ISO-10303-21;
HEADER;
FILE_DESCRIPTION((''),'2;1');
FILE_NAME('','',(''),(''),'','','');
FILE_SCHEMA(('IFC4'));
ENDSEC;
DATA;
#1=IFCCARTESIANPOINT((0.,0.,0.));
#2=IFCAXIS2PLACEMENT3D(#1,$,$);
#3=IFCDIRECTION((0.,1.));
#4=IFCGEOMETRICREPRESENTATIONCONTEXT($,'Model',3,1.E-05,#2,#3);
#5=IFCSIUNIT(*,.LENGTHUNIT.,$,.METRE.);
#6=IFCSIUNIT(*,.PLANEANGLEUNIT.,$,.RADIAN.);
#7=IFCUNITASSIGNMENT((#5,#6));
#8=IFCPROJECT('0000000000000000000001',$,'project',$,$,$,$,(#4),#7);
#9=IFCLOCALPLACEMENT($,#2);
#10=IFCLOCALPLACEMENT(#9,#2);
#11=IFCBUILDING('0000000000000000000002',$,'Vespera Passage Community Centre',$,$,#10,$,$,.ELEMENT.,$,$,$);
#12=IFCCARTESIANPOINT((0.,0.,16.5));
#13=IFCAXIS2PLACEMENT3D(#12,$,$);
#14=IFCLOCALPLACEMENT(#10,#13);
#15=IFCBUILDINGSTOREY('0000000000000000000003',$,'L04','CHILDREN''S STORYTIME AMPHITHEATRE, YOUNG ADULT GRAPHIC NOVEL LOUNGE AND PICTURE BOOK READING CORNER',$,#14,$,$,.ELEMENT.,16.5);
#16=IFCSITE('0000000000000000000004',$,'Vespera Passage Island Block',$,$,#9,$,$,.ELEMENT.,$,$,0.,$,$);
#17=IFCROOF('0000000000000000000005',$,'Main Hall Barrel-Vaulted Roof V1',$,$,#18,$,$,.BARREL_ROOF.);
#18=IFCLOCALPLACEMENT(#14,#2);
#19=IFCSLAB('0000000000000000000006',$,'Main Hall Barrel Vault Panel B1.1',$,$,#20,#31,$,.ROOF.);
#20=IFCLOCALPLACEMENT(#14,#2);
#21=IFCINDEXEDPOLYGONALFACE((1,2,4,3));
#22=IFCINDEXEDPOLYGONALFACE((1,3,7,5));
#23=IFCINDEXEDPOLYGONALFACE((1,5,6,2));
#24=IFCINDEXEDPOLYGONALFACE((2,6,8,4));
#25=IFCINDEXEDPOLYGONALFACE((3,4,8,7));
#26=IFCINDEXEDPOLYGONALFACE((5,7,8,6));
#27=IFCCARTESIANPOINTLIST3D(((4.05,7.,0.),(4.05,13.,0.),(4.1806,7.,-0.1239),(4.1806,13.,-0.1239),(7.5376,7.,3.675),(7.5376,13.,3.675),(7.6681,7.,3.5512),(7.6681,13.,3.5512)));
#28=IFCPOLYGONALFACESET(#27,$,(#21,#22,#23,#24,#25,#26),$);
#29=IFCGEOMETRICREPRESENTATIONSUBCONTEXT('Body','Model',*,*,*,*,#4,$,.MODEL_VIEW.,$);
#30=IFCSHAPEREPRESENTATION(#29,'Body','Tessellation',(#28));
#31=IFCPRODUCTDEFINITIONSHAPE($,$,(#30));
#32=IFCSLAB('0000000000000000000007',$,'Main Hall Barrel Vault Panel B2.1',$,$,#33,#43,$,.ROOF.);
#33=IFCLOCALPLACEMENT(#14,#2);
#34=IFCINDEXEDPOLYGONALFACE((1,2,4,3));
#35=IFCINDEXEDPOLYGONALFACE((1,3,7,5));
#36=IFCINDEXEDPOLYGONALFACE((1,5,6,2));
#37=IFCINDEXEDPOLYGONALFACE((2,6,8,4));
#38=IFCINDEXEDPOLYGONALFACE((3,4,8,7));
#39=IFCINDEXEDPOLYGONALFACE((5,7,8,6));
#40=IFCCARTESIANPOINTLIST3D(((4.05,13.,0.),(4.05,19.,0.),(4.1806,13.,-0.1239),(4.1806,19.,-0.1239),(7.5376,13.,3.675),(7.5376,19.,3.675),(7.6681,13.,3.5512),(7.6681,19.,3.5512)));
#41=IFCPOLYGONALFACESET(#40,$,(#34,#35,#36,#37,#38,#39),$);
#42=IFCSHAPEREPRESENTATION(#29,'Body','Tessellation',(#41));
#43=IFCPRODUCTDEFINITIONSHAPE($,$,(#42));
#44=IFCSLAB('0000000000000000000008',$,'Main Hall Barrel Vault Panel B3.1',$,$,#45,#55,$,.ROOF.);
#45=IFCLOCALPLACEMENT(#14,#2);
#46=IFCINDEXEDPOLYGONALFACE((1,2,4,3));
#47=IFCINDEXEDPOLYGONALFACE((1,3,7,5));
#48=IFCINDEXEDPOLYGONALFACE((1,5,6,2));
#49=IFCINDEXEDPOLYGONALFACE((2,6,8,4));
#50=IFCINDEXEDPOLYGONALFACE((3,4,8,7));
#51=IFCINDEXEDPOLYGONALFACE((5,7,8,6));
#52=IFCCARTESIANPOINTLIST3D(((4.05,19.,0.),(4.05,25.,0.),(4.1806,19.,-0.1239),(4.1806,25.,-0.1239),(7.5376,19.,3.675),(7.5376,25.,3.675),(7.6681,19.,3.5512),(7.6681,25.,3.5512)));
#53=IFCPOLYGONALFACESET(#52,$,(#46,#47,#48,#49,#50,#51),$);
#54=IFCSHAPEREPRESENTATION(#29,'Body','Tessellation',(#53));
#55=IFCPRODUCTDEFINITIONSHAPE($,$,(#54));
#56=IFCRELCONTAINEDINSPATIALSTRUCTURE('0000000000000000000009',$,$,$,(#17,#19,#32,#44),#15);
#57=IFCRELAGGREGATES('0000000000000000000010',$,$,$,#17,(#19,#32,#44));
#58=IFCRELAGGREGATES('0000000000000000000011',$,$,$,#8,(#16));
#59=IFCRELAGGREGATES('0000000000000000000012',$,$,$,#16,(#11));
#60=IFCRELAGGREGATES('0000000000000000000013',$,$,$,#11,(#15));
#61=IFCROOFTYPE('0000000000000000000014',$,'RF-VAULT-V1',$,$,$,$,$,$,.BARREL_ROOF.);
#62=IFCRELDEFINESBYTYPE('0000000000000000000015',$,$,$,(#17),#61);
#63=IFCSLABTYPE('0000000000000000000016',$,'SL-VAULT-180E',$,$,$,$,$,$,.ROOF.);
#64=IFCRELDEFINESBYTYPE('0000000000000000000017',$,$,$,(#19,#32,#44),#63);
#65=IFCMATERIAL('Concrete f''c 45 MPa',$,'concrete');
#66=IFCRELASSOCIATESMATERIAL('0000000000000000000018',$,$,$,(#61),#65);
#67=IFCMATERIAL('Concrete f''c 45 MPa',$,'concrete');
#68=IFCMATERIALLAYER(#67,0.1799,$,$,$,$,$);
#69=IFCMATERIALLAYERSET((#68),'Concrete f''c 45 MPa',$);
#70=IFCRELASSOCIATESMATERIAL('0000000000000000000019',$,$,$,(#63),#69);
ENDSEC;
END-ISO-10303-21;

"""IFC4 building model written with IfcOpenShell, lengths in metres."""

from ifc_helpers import new_model, si_unit, direction, frame, origin, place, context, subcontext, project, spatial, polyline, outline, extrude, material, layer, layer_set, type_object, element, aggregate, save


model = new_model("IFC4")

# Units and contexts
model_context = context("Model", 3, precision=1e-05, world=origin(), true_north=direction((0.0, 1.0)))
body_context = subcontext(model_context, "Body", "Model", "MODEL_VIEW")
ifc_project = project(units=[si_unit("LENGTHUNIT", "METRE"), si_unit("PLANEANGLEUNIT", "RADIAN")], contexts=[model_context])

# Site, building, storey
site_placement = place(None, origin())
site = spatial("IfcSite", under=ifc_project, at=site_placement, Name="Vespera Passage Island Block", CompositionType="ELEMENT", RefElevation=0.0)
building_placement = place(site_placement, origin())
building = spatial("IfcBuilding", under=site, at=building_placement, Name="Vespera Passage Community Centre", CompositionType="ELEMENT")
storey_placement = place(building_placement, frame((0.0, 0.0, 16.5)))
storey = spatial("IfcBuildingStorey", under=building, at=storey_placement, Name="L04", Description="CHILDREN'S STORYTIME AMPHITHEATRE, YOUNG ADULT GRAPHIC NOVEL LOUNGE AND PICTURE BOOK READING CORNER", CompositionType="ELEMENT", Elevation=16.5)

# Roof, slabs
ifc_material_1 = material(Name="Concrete f'c 45 MPa", Category="concrete")
roof_type = type_object("IfcRoofType", Name="RF-VAULT-V1", PredefinedType="BARREL_ROOF", material=ifc_material_1)
roof_placement = place(storey_placement, origin())
roof = element("IfcRoof", 1, at=roof_placement, inside=storey, type_object=roof_type, Name="Main Hall Barrel-Vaulted Roof V1", PredefinedType="BARREL_ROOF")
ifc_material_2 = material(Name="Concrete f'c 45 MPa", Category="concrete")
ifc_layer_1 = layer(ifc_material_2, 0.1799)
ifc_layer_set_1 = layer_set([ifc_layer_1], Name="Concrete f'c 45 MPa")
slab_type = type_object("IfcSlabType", Name="SL-VAULT-180E", PredefinedType="ROOF", material=ifc_layer_set_1)
slab_1_placement = place(storey_placement, frame((4.05, 7.0, 0.0), z_axis=(-0.725369, 0.0, 0.688361), x_axis=(0.688361, 0.0, 0.725369)))
slab_1 = element("IfcSlab", 2, at=slab_1_placement, inside=storey, type_object=slab_type, Name="Main Hall Barrel Vault Panel B1.1", PredefinedType="ROOF", context=body_context, shape_type="SweptSolid", body=[
    extrude(outline(polyline([(0.0, 0.0), (5.0665, 0.0), (5.0665, 6.0), (0.0, 6.0), (0.0, 0.0)])), origin(), (0.0, 0.0, -1.0), 0.1799),
])
slab_2_placement = place(storey_placement, frame((4.05, 13.0, 0.0), z_axis=(-0.725369, 0.0, 0.688361), x_axis=(0.688361, 0.0, 0.725369)))
slab_2 = element("IfcSlab", 3, at=slab_2_placement, inside=storey, type_object=slab_type, Name="Main Hall Barrel Vault Panel B2.1", PredefinedType="ROOF", context=body_context, shape_type="SweptSolid", body=[
    extrude(outline(polyline([(0.0, 0.0), (5.0665, 0.0), (5.0665, 6.0), (0.0, 6.0), (0.0, 0.0)])), origin(), (0.0, 0.0, -1.0), 0.1799),
])
slab_3_placement = place(storey_placement, frame((4.05, 19.0, 0.0), z_axis=(-0.725369, 0.0, 0.688361), x_axis=(0.688361, 0.0, 0.725369)))
slab_3 = element("IfcSlab", 4, at=slab_3_placement, inside=storey, type_object=slab_type, Name="Main Hall Barrel Vault Panel B3.1", PredefinedType="ROOF", context=body_context, shape_type="SweptSolid", body=[
    extrude(outline(polyline([(0.0, 0.0), (5.0665, 0.0), (5.0665, 6.0), (0.0, 6.0), (0.0, 0.0)])), origin(), (0.0, 0.0, -1.0), 0.1799),
])
aggregate(roof, [slab_1, slab_2, slab_3])

save(model, "model.ifc")
